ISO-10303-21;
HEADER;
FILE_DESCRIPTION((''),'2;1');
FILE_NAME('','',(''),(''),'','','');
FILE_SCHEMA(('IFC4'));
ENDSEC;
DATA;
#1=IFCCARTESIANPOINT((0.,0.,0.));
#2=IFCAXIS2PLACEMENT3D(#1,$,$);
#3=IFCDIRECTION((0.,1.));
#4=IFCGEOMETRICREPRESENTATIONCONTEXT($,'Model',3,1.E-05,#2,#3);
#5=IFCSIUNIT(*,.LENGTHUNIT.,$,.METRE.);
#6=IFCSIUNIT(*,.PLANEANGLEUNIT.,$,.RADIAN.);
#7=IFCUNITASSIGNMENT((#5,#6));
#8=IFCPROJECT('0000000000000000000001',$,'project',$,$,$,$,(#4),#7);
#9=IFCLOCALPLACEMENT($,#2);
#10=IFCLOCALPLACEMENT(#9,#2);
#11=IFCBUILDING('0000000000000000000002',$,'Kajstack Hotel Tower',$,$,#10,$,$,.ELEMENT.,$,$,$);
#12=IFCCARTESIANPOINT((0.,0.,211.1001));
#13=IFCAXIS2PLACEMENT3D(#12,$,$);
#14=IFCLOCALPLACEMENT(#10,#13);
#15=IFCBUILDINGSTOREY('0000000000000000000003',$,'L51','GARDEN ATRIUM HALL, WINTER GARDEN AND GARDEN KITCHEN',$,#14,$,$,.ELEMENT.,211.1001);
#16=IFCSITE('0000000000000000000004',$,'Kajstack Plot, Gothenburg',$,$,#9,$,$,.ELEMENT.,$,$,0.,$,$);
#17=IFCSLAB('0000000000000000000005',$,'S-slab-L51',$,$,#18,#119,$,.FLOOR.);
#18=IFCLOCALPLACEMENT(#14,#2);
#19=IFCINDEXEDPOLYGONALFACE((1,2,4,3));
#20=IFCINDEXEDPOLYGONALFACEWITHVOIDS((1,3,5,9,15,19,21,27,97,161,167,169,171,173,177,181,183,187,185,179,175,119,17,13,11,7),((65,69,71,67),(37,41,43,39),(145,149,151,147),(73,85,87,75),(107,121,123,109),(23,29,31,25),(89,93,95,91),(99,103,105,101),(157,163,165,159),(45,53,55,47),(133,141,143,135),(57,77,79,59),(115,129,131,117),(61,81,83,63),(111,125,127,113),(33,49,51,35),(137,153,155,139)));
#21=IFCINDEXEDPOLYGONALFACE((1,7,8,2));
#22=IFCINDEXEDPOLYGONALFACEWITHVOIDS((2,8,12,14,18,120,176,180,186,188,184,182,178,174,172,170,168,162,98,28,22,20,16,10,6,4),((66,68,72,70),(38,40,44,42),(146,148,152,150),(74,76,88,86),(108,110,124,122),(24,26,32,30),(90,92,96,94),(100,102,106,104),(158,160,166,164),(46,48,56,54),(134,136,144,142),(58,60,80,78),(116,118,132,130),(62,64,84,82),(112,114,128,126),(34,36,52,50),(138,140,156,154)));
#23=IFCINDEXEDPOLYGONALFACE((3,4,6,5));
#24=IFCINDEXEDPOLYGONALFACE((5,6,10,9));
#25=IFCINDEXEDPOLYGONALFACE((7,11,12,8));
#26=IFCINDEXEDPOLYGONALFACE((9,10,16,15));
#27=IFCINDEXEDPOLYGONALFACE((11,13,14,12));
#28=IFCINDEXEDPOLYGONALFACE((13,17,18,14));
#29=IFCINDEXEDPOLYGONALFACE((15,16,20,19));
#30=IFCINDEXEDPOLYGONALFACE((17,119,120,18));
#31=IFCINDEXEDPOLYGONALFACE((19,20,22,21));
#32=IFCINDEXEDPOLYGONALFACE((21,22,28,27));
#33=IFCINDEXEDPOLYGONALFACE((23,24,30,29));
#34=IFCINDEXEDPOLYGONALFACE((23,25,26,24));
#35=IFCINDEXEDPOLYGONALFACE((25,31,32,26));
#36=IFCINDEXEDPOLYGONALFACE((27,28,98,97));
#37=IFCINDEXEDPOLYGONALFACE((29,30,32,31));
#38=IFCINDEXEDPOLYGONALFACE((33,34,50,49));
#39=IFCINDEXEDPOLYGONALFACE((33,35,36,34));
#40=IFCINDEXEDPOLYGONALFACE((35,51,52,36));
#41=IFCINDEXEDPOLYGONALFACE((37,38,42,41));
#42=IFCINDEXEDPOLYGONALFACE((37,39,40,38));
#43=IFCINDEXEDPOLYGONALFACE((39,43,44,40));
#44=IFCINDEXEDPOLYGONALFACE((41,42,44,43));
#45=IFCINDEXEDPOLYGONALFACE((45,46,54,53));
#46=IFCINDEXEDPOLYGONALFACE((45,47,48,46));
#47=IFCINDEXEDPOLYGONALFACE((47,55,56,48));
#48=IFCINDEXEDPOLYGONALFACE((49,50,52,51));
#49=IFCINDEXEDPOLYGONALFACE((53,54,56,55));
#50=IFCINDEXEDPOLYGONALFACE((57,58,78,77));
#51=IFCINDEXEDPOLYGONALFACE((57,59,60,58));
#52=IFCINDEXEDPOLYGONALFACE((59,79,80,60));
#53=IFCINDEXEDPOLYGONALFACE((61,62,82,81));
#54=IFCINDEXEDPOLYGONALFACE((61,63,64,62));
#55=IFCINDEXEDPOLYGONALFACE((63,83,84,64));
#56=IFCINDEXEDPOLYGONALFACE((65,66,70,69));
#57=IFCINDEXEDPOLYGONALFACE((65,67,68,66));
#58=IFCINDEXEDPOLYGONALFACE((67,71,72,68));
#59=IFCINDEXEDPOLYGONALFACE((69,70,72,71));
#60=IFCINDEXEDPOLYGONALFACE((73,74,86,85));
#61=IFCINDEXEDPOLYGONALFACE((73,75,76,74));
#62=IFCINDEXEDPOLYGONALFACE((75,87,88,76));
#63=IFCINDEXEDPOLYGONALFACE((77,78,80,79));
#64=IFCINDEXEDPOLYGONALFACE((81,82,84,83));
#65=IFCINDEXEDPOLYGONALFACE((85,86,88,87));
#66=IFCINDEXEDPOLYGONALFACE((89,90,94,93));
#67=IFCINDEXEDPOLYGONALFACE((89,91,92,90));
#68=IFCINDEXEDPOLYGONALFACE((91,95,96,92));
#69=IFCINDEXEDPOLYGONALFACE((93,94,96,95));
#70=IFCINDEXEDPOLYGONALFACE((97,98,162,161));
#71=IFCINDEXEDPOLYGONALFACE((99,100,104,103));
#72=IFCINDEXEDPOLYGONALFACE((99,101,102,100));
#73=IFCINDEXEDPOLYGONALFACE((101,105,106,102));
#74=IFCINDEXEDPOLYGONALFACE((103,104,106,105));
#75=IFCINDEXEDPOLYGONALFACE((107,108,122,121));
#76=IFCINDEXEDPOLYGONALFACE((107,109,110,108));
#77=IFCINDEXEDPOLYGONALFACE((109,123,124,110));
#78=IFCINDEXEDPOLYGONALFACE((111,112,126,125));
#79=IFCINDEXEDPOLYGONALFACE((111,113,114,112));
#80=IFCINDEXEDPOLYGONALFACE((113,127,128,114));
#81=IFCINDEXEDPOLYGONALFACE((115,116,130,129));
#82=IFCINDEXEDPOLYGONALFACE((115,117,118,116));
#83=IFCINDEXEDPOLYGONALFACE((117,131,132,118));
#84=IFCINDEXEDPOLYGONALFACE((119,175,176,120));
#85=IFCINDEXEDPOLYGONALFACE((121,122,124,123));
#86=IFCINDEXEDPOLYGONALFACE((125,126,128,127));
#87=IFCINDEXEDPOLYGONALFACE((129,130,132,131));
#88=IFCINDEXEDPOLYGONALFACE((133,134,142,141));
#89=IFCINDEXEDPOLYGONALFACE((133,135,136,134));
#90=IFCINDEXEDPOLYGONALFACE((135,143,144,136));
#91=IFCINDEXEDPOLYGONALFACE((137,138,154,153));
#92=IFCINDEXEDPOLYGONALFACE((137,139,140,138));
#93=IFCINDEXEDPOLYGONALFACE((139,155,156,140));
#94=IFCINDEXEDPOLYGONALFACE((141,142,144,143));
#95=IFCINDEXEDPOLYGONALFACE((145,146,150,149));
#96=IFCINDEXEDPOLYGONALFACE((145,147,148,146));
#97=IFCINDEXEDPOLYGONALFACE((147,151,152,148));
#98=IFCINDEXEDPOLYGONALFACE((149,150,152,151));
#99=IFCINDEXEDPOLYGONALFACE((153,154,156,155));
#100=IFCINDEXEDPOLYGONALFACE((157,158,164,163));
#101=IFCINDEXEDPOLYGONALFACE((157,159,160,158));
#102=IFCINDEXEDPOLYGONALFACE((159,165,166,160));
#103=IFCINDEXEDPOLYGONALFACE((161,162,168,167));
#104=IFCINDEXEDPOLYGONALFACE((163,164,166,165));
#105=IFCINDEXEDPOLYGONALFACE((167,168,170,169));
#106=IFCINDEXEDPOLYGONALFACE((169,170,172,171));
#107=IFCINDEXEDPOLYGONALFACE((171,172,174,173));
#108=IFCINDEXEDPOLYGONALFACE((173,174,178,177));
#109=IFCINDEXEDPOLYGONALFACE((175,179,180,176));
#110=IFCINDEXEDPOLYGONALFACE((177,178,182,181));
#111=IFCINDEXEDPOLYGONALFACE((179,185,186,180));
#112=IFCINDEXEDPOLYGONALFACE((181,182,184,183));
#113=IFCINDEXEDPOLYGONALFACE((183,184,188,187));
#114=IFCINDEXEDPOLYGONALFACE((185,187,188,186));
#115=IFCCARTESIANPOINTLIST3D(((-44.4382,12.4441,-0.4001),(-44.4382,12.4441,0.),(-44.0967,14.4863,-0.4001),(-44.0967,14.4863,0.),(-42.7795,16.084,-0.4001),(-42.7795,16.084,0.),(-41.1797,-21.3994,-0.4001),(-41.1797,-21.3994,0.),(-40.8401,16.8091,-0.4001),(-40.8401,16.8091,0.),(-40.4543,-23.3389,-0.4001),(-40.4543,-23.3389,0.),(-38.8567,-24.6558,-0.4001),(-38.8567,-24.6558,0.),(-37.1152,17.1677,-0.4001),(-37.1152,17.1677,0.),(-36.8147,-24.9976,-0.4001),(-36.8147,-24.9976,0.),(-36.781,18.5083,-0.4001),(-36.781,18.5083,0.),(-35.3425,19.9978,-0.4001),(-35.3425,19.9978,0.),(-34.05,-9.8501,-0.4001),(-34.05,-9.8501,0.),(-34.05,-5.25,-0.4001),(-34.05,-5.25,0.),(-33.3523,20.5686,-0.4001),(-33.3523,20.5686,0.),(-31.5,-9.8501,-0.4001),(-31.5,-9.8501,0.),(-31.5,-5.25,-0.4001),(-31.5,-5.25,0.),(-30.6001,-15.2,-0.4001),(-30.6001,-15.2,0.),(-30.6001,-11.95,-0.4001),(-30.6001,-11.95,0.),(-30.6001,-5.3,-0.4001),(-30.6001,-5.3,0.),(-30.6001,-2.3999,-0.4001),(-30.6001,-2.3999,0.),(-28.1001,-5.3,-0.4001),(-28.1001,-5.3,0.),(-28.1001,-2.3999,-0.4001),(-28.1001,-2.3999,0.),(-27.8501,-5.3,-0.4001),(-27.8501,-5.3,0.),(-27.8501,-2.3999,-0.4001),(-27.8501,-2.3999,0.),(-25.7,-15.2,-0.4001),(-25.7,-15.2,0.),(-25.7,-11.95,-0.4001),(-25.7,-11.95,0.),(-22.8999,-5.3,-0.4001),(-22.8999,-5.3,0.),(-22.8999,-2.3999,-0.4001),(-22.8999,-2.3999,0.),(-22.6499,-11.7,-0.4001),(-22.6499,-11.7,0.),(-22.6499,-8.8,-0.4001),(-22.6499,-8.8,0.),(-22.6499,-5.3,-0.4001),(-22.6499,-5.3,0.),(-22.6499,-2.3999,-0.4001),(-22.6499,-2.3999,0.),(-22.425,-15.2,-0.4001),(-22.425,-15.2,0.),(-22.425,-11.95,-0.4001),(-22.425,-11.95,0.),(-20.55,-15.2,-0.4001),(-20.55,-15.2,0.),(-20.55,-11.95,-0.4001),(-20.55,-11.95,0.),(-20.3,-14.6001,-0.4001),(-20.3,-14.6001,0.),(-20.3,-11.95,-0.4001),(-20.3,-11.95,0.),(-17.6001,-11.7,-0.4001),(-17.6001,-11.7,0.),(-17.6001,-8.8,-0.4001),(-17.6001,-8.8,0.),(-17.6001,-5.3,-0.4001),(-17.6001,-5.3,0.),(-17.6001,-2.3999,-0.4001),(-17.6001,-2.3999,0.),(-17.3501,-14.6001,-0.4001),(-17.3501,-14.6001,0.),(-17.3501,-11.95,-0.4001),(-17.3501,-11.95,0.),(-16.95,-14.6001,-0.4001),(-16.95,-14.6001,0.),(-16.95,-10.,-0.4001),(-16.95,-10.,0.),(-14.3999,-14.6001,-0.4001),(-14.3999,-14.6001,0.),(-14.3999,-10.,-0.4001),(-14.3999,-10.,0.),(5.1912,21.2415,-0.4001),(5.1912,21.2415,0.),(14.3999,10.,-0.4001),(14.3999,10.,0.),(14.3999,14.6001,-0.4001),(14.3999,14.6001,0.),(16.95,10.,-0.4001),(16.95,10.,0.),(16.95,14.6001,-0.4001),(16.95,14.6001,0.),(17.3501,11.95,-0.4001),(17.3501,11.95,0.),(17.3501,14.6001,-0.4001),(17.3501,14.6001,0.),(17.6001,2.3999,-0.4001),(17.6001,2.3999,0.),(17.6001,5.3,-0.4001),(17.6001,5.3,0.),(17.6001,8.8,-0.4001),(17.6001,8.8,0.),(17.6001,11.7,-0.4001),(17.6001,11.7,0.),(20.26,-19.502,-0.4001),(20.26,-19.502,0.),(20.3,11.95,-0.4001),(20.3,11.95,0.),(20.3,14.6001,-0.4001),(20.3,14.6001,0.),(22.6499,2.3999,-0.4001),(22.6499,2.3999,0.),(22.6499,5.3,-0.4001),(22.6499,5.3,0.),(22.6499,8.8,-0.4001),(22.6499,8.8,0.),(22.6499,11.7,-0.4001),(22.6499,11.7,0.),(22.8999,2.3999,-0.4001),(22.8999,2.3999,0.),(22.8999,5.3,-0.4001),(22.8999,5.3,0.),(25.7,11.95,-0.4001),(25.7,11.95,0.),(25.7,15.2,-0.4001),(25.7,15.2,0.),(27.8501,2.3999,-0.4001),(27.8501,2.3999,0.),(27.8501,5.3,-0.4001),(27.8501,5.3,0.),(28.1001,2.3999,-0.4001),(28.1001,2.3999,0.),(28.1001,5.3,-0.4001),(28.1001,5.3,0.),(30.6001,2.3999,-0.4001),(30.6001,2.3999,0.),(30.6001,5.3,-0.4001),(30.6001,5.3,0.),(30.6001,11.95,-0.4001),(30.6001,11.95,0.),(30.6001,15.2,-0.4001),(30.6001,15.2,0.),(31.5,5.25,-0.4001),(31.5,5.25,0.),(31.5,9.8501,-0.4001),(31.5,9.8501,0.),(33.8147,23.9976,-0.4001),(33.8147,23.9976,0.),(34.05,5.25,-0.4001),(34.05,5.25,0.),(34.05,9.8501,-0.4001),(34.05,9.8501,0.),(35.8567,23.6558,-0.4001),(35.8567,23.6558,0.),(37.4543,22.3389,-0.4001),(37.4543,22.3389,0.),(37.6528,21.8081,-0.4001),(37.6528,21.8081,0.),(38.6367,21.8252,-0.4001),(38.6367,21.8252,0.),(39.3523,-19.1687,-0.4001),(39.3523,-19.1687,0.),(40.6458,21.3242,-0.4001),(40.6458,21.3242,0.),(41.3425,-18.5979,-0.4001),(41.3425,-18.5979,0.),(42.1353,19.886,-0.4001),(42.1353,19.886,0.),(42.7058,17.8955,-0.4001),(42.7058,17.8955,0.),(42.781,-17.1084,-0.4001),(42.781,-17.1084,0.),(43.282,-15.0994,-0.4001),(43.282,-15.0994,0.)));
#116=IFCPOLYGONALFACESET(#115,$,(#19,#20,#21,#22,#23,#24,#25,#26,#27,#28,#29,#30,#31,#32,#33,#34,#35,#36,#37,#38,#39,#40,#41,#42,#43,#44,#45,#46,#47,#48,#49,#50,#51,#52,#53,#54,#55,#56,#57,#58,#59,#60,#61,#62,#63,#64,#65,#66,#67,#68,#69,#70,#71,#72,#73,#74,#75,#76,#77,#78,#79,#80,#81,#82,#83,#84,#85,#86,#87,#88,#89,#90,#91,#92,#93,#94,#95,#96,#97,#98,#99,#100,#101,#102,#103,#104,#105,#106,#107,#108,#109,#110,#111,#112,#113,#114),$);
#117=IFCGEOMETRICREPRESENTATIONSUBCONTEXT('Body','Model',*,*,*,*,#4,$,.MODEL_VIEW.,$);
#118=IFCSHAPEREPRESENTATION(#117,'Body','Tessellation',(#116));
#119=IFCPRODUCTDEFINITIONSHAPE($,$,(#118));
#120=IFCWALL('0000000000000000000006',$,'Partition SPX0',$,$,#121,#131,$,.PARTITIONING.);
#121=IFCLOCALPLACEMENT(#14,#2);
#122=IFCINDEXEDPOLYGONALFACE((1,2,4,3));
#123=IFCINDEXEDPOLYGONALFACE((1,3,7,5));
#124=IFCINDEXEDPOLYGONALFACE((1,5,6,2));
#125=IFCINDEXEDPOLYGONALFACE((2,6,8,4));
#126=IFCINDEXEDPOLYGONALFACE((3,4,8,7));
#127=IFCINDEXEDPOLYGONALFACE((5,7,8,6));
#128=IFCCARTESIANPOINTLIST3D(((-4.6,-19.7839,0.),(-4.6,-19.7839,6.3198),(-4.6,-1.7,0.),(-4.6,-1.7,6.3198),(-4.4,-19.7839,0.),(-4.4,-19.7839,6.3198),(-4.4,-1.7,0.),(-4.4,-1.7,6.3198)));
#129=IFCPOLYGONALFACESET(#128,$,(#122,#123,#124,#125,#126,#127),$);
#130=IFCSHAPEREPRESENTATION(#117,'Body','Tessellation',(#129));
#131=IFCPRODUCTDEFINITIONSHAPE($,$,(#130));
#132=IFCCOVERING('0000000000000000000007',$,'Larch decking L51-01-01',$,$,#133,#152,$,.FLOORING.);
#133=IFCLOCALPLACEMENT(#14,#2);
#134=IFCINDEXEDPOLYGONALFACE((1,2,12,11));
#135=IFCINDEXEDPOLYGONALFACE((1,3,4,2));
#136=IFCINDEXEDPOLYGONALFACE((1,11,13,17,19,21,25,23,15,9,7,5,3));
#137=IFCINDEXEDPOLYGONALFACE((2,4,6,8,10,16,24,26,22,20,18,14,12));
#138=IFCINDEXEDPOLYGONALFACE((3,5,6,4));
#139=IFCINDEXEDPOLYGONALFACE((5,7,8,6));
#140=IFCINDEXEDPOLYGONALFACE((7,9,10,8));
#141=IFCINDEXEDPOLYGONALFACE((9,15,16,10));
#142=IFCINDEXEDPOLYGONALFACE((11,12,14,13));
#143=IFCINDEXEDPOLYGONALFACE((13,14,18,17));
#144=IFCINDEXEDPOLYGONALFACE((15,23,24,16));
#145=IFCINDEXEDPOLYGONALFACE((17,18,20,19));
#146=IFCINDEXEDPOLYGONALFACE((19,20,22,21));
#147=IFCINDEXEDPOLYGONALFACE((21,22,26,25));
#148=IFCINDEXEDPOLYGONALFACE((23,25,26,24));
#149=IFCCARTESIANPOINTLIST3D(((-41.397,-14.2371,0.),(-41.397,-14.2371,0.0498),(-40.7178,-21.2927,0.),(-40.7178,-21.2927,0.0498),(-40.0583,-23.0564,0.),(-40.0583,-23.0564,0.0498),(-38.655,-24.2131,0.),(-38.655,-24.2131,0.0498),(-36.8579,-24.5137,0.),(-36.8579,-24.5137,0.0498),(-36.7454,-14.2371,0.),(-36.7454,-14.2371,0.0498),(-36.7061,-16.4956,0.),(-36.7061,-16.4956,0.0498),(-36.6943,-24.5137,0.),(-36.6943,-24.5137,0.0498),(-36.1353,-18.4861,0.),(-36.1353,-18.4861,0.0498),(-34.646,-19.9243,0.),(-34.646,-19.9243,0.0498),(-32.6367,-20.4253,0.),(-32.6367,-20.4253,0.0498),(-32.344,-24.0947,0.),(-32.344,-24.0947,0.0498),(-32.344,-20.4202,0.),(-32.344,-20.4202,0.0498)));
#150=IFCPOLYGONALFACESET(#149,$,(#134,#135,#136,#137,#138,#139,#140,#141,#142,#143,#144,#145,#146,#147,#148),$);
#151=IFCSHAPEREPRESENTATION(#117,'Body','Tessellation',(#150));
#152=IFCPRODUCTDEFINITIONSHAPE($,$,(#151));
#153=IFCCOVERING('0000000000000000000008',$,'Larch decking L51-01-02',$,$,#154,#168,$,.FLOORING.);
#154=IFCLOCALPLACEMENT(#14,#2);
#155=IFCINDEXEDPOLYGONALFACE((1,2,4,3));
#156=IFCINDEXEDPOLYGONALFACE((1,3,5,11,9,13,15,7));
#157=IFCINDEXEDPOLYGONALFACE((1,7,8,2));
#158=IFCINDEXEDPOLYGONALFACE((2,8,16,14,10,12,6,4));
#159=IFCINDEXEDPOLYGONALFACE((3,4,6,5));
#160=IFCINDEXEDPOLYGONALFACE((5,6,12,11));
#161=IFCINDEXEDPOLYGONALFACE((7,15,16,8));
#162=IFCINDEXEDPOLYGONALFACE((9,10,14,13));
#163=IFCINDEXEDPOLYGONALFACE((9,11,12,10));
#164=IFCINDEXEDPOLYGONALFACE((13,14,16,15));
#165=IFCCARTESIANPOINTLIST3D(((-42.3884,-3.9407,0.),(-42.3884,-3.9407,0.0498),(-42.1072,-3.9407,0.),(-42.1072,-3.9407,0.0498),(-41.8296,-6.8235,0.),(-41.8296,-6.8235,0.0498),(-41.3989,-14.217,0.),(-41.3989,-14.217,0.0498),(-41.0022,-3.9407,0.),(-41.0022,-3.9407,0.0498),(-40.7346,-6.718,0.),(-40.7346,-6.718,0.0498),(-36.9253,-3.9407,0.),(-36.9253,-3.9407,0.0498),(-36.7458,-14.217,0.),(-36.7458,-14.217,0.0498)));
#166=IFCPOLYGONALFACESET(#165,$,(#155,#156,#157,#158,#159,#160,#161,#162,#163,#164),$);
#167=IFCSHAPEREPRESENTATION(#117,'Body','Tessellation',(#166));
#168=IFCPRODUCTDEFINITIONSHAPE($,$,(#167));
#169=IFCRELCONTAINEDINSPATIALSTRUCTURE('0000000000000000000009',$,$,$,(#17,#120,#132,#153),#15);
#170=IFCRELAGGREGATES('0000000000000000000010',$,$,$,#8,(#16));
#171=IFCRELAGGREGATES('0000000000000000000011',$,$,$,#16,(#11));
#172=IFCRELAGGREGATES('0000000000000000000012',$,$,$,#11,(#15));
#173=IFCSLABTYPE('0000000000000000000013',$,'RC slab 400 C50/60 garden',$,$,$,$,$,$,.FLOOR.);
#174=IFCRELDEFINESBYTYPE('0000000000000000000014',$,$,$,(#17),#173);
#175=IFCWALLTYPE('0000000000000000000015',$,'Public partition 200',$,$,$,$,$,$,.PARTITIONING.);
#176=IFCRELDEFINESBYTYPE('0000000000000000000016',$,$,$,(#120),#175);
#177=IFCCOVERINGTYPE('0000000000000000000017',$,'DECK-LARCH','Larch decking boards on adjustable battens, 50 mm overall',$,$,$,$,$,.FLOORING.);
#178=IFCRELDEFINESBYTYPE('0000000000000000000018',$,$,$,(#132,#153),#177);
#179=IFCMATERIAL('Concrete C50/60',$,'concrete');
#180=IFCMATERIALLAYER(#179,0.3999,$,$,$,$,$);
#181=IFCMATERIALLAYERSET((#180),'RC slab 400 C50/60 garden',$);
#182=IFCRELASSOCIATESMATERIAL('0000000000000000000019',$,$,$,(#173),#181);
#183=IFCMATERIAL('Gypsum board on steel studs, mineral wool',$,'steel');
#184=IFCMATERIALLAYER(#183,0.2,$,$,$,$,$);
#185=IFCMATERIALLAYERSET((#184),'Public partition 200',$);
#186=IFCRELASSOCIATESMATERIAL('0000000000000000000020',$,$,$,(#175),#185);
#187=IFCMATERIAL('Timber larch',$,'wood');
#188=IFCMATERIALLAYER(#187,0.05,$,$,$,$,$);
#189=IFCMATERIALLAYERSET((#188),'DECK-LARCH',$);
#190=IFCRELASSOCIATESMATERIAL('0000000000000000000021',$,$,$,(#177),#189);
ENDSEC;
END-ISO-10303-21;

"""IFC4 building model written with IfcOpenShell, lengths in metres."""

from ifc_helpers import new_model, si_unit, direction, frame, frame_2d, origin, place, context, subcontext, project, spatial, polyline, rectangle, outline, extrude, material, layer, layer_set, type_object, element, save


model = new_model("IFC4")

# Units and contexts
model_context = context("Model", 3, precision=1e-05, world=origin(), true_north=direction((0.0, 1.0)))
body_context = subcontext(model_context, "Body", "Model", "MODEL_VIEW")
ifc_project = project(units=[si_unit("LENGTHUNIT", "METRE"), si_unit("PLANEANGLEUNIT", "RADIAN")], contexts=[model_context])

# Site, building, storey
site_placement = place(None, origin())
site = spatial("IfcSite", under=ifc_project, at=site_placement, Name="Kajstack Plot, Gothenburg", CompositionType="ELEMENT", RefElevation=0.0)
building_placement = place(site_placement, origin())
building = spatial("IfcBuilding", under=site, at=building_placement, Name="Kajstack Hotel Tower", CompositionType="ELEMENT")
storey_placement = place(building_placement, frame((0.0, 0.0, 211.1001)))
storey = spatial("IfcBuildingStorey", under=building, at=storey_placement, Name="L51", Description="GARDEN ATRIUM HALL, WINTER GARDEN AND GARDEN KITCHEN", CompositionType="ELEMENT", Elevation=211.1001)

# Slab
ifc_material_1 = material(Name="Concrete C50/60", Category="concrete")
ifc_layer_1 = layer(ifc_material_1, 0.3999)
ifc_layer_set_1 = layer_set([ifc_layer_1], Name="RC slab 400 C50/60 garden")
slab_type = type_object("IfcSlabType", Name="RC slab 400 C50/60 garden", PredefinedType="FLOOR", material=ifc_layer_set_1)
slab_placement = place(storey_placement, frame((0.0, 0.0, -0.4001)))
element("IfcSlab", 1, at=slab_placement, inside=storey, type_object=slab_type, Name="S-slab-L51", PredefinedType="FLOOR", context=body_context, shape_type="SweptSolid", body=[
    extrude(outline(polyline([(-36.8147, -24.9976), (-38.8567, -24.6558), (-40.4543, -23.3389), (-41.1797, -21.3994), (-44.4382, 12.4441), (-44.0967, 14.4863), (-42.7795, 16.084), (-40.8401, 16.8091), (-37.1152, 17.1677), (-36.781, 18.5083), (-35.3425, 19.9978), (-33.3523, 20.5686), (5.1912, 21.2415), (33.8147, 23.9976), (35.8567, 23.6558), (37.4543, 22.3389), (37.6528, 21.8081), (38.6367, 21.8252), (40.6458, 21.3242), (42.1353, 19.886), (42.7058, 17.8955), (43.282, -15.0994), (42.781, -17.1084), (41.3425, -18.5979), (39.3523, -19.1687), (20.26, -19.502), (-36.8147, -24.9976)]), holes=[polyline([(-22.6499, -11.7), (-22.6499, -8.8), (-17.6001, -8.8), (-17.6001, -11.7), (-22.6499, -11.7)]), polyline([(-27.8501, -5.3), (-27.8501, -2.3999), (-22.8999, -2.3999), (-22.8999, -5.3), (-27.8501, -5.3)]), polyline([(-22.6499, -5.3), (-22.6499, -2.3999), (-17.6001, -2.3999), (-17.6001, -5.3), (-22.6499, -5.3)]), polyline([(-20.3, -14.6001), (-17.3501, -14.6001), (-17.3501, -11.95), (-20.3, -11.95), (-20.3, -14.6001)]), polyline([(-30.6001, -5.3), (-28.1001, -5.3), (-28.1001, -2.3999), (-30.6001, -2.3999), (-30.6001, -5.3)]), polyline([(17.6001, 8.8), (17.6001, 11.7), (22.6499, 11.7), (22.6499, 8.8), (17.6001, 8.8)]), polyline([(22.8999, 2.3999), (22.8999, 5.3), (27.8501, 5.3), (27.8501, 2.3999), (22.8999, 2.3999)]), polyline([(17.6001, 2.3999), (17.6001, 5.3), (22.6499, 5.3), (22.6499, 2.3999), (17.6001, 2.3999)]), polyline([(20.3, 14.6001), (17.3501, 14.6001), (17.3501, 11.95), (20.3, 11.95), (20.3, 14.6001)]), polyline([(30.6001, 5.3), (28.1001, 5.3), (28.1001, 2.3999), (30.6001, 2.3999), (30.6001, 5.3)]), polyline([(-34.05, -9.8501), (-31.5, -9.8501), (-31.5, -5.25), (-34.05, -5.25), (-34.05, -9.8501)]), polyline([(-16.95, -14.6001), (-14.3999, -14.6001), (-14.3999, -10.0), (-16.95, -10.0), (-16.95, -14.6001)]), polyline([(-30.6001, -15.2), (-25.7, -15.2), (-25.7, -11.95), (-30.6001, -11.95), (-30.6001, -15.2)]), polyline([(34.05, 9.8501), (31.5, 9.8501), (31.5, 5.25), (34.05, 5.25), (34.05, 9.8501)]), polyline([(16.95, 14.6001), (14.3999, 14.6001), (14.3999, 10.0), (16.95, 10.0), (16.95, 14.6001)]), polyline([(30.6001, 15.2), (25.7, 15.2), (25.7, 11.95), (30.6001, 11.95), (30.6001, 15.2)]), polyline([(-22.425, -15.2), (-22.425, -11.95), (-20.55, -11.95), (-20.55, -15.2), (-22.425, -15.2)])]), origin(), (0.0, 0.0, 1.0), 0.4001),
])

# Wall
ifc_material_2 = material(Name="Gypsum board on steel studs, mineral wool", Category="steel")
ifc_layer_2 = layer(ifc_material_2, 0.2)
ifc_layer_set_2 = layer_set([ifc_layer_2], Name="Public partition 200")
wall_type = type_object("IfcWallType", Name="Public partition 200", PredefinedType="PARTITIONING", material=ifc_layer_set_2)
wall_placement = place(storey_placement, frame((-4.5, -19.7839, 0.0), z_axis=(0.0, 0.0, 1.0), x_axis=(0.0, 1.0, 0.0)))
element("IfcWall", 2, at=wall_placement, inside=storey, type_object=wall_type, Name="Partition SPX0", PredefinedType="PARTITIONING", context=body_context, shape_type="SweptSolid", body=[
    extrude(rectangle(XDim=18.084, YDim=0.2, at=frame_2d((9.042, 0.0))), origin(), (0.0, 0.0, 1.0), 6.3198),
])

# Coverings
ifc_material_3 = material(Name="Timber larch", Category="wood")
ifc_layer_3 = layer(ifc_material_3, 0.05)
ifc_layer_set_3 = layer_set([ifc_layer_3], Name="DECK-LARCH")
covering_type = type_object("IfcCoveringType", Name="DECK-LARCH", Description="Larch decking boards on adjustable battens, 50 mm overall", PredefinedType="FLOORING", material=ifc_layer_set_3)
covering_1_placement = place(storey_placement, origin())
element("IfcCovering", 3, at=covering_1_placement, inside=storey, type_object=covering_type, Name="Larch decking L51-01-01", PredefinedType="FLOORING", context=body_context, shape_type="SweptSolid", body=[
    extrude(outline(polyline([(-36.7454, -14.2371), (-41.397, -14.2371), (-40.7178, -21.2927), (-40.0583, -23.0564), (-38.655, -24.2131), (-36.8579, -24.5137), (-36.6943, -24.5137), (-32.344, -24.0947), (-32.344, -20.4202), (-32.6367, -20.4253), (-34.646, -19.9243), (-36.1353, -18.4861), (-36.7061, -16.4956), (-36.7454, -14.2371)])), origin(), (0.0, 0.0, 1.0), 0.0498),
])
covering_2_placement = place(storey_placement, origin())
element("IfcCovering", 4, at=covering_2_placement, inside=storey, type_object=covering_type, Name="Larch decking L51-01-02", PredefinedType="FLOORING", context=body_context, shape_type="SweptSolid", body=[
    extrude(outline(polyline([(-36.9253, -3.9407), (-41.0022, -3.9407), (-40.7346, -6.718), (-41.8296, -6.8235), (-42.1072, -3.9407), (-42.3884, -3.9407), (-41.3989, -14.217), (-36.7458, -14.217), (-36.9253, -3.9407)])), origin(), (0.0, 0.0, 1.0), 0.0498),
])

save(model, "model.ifc")
